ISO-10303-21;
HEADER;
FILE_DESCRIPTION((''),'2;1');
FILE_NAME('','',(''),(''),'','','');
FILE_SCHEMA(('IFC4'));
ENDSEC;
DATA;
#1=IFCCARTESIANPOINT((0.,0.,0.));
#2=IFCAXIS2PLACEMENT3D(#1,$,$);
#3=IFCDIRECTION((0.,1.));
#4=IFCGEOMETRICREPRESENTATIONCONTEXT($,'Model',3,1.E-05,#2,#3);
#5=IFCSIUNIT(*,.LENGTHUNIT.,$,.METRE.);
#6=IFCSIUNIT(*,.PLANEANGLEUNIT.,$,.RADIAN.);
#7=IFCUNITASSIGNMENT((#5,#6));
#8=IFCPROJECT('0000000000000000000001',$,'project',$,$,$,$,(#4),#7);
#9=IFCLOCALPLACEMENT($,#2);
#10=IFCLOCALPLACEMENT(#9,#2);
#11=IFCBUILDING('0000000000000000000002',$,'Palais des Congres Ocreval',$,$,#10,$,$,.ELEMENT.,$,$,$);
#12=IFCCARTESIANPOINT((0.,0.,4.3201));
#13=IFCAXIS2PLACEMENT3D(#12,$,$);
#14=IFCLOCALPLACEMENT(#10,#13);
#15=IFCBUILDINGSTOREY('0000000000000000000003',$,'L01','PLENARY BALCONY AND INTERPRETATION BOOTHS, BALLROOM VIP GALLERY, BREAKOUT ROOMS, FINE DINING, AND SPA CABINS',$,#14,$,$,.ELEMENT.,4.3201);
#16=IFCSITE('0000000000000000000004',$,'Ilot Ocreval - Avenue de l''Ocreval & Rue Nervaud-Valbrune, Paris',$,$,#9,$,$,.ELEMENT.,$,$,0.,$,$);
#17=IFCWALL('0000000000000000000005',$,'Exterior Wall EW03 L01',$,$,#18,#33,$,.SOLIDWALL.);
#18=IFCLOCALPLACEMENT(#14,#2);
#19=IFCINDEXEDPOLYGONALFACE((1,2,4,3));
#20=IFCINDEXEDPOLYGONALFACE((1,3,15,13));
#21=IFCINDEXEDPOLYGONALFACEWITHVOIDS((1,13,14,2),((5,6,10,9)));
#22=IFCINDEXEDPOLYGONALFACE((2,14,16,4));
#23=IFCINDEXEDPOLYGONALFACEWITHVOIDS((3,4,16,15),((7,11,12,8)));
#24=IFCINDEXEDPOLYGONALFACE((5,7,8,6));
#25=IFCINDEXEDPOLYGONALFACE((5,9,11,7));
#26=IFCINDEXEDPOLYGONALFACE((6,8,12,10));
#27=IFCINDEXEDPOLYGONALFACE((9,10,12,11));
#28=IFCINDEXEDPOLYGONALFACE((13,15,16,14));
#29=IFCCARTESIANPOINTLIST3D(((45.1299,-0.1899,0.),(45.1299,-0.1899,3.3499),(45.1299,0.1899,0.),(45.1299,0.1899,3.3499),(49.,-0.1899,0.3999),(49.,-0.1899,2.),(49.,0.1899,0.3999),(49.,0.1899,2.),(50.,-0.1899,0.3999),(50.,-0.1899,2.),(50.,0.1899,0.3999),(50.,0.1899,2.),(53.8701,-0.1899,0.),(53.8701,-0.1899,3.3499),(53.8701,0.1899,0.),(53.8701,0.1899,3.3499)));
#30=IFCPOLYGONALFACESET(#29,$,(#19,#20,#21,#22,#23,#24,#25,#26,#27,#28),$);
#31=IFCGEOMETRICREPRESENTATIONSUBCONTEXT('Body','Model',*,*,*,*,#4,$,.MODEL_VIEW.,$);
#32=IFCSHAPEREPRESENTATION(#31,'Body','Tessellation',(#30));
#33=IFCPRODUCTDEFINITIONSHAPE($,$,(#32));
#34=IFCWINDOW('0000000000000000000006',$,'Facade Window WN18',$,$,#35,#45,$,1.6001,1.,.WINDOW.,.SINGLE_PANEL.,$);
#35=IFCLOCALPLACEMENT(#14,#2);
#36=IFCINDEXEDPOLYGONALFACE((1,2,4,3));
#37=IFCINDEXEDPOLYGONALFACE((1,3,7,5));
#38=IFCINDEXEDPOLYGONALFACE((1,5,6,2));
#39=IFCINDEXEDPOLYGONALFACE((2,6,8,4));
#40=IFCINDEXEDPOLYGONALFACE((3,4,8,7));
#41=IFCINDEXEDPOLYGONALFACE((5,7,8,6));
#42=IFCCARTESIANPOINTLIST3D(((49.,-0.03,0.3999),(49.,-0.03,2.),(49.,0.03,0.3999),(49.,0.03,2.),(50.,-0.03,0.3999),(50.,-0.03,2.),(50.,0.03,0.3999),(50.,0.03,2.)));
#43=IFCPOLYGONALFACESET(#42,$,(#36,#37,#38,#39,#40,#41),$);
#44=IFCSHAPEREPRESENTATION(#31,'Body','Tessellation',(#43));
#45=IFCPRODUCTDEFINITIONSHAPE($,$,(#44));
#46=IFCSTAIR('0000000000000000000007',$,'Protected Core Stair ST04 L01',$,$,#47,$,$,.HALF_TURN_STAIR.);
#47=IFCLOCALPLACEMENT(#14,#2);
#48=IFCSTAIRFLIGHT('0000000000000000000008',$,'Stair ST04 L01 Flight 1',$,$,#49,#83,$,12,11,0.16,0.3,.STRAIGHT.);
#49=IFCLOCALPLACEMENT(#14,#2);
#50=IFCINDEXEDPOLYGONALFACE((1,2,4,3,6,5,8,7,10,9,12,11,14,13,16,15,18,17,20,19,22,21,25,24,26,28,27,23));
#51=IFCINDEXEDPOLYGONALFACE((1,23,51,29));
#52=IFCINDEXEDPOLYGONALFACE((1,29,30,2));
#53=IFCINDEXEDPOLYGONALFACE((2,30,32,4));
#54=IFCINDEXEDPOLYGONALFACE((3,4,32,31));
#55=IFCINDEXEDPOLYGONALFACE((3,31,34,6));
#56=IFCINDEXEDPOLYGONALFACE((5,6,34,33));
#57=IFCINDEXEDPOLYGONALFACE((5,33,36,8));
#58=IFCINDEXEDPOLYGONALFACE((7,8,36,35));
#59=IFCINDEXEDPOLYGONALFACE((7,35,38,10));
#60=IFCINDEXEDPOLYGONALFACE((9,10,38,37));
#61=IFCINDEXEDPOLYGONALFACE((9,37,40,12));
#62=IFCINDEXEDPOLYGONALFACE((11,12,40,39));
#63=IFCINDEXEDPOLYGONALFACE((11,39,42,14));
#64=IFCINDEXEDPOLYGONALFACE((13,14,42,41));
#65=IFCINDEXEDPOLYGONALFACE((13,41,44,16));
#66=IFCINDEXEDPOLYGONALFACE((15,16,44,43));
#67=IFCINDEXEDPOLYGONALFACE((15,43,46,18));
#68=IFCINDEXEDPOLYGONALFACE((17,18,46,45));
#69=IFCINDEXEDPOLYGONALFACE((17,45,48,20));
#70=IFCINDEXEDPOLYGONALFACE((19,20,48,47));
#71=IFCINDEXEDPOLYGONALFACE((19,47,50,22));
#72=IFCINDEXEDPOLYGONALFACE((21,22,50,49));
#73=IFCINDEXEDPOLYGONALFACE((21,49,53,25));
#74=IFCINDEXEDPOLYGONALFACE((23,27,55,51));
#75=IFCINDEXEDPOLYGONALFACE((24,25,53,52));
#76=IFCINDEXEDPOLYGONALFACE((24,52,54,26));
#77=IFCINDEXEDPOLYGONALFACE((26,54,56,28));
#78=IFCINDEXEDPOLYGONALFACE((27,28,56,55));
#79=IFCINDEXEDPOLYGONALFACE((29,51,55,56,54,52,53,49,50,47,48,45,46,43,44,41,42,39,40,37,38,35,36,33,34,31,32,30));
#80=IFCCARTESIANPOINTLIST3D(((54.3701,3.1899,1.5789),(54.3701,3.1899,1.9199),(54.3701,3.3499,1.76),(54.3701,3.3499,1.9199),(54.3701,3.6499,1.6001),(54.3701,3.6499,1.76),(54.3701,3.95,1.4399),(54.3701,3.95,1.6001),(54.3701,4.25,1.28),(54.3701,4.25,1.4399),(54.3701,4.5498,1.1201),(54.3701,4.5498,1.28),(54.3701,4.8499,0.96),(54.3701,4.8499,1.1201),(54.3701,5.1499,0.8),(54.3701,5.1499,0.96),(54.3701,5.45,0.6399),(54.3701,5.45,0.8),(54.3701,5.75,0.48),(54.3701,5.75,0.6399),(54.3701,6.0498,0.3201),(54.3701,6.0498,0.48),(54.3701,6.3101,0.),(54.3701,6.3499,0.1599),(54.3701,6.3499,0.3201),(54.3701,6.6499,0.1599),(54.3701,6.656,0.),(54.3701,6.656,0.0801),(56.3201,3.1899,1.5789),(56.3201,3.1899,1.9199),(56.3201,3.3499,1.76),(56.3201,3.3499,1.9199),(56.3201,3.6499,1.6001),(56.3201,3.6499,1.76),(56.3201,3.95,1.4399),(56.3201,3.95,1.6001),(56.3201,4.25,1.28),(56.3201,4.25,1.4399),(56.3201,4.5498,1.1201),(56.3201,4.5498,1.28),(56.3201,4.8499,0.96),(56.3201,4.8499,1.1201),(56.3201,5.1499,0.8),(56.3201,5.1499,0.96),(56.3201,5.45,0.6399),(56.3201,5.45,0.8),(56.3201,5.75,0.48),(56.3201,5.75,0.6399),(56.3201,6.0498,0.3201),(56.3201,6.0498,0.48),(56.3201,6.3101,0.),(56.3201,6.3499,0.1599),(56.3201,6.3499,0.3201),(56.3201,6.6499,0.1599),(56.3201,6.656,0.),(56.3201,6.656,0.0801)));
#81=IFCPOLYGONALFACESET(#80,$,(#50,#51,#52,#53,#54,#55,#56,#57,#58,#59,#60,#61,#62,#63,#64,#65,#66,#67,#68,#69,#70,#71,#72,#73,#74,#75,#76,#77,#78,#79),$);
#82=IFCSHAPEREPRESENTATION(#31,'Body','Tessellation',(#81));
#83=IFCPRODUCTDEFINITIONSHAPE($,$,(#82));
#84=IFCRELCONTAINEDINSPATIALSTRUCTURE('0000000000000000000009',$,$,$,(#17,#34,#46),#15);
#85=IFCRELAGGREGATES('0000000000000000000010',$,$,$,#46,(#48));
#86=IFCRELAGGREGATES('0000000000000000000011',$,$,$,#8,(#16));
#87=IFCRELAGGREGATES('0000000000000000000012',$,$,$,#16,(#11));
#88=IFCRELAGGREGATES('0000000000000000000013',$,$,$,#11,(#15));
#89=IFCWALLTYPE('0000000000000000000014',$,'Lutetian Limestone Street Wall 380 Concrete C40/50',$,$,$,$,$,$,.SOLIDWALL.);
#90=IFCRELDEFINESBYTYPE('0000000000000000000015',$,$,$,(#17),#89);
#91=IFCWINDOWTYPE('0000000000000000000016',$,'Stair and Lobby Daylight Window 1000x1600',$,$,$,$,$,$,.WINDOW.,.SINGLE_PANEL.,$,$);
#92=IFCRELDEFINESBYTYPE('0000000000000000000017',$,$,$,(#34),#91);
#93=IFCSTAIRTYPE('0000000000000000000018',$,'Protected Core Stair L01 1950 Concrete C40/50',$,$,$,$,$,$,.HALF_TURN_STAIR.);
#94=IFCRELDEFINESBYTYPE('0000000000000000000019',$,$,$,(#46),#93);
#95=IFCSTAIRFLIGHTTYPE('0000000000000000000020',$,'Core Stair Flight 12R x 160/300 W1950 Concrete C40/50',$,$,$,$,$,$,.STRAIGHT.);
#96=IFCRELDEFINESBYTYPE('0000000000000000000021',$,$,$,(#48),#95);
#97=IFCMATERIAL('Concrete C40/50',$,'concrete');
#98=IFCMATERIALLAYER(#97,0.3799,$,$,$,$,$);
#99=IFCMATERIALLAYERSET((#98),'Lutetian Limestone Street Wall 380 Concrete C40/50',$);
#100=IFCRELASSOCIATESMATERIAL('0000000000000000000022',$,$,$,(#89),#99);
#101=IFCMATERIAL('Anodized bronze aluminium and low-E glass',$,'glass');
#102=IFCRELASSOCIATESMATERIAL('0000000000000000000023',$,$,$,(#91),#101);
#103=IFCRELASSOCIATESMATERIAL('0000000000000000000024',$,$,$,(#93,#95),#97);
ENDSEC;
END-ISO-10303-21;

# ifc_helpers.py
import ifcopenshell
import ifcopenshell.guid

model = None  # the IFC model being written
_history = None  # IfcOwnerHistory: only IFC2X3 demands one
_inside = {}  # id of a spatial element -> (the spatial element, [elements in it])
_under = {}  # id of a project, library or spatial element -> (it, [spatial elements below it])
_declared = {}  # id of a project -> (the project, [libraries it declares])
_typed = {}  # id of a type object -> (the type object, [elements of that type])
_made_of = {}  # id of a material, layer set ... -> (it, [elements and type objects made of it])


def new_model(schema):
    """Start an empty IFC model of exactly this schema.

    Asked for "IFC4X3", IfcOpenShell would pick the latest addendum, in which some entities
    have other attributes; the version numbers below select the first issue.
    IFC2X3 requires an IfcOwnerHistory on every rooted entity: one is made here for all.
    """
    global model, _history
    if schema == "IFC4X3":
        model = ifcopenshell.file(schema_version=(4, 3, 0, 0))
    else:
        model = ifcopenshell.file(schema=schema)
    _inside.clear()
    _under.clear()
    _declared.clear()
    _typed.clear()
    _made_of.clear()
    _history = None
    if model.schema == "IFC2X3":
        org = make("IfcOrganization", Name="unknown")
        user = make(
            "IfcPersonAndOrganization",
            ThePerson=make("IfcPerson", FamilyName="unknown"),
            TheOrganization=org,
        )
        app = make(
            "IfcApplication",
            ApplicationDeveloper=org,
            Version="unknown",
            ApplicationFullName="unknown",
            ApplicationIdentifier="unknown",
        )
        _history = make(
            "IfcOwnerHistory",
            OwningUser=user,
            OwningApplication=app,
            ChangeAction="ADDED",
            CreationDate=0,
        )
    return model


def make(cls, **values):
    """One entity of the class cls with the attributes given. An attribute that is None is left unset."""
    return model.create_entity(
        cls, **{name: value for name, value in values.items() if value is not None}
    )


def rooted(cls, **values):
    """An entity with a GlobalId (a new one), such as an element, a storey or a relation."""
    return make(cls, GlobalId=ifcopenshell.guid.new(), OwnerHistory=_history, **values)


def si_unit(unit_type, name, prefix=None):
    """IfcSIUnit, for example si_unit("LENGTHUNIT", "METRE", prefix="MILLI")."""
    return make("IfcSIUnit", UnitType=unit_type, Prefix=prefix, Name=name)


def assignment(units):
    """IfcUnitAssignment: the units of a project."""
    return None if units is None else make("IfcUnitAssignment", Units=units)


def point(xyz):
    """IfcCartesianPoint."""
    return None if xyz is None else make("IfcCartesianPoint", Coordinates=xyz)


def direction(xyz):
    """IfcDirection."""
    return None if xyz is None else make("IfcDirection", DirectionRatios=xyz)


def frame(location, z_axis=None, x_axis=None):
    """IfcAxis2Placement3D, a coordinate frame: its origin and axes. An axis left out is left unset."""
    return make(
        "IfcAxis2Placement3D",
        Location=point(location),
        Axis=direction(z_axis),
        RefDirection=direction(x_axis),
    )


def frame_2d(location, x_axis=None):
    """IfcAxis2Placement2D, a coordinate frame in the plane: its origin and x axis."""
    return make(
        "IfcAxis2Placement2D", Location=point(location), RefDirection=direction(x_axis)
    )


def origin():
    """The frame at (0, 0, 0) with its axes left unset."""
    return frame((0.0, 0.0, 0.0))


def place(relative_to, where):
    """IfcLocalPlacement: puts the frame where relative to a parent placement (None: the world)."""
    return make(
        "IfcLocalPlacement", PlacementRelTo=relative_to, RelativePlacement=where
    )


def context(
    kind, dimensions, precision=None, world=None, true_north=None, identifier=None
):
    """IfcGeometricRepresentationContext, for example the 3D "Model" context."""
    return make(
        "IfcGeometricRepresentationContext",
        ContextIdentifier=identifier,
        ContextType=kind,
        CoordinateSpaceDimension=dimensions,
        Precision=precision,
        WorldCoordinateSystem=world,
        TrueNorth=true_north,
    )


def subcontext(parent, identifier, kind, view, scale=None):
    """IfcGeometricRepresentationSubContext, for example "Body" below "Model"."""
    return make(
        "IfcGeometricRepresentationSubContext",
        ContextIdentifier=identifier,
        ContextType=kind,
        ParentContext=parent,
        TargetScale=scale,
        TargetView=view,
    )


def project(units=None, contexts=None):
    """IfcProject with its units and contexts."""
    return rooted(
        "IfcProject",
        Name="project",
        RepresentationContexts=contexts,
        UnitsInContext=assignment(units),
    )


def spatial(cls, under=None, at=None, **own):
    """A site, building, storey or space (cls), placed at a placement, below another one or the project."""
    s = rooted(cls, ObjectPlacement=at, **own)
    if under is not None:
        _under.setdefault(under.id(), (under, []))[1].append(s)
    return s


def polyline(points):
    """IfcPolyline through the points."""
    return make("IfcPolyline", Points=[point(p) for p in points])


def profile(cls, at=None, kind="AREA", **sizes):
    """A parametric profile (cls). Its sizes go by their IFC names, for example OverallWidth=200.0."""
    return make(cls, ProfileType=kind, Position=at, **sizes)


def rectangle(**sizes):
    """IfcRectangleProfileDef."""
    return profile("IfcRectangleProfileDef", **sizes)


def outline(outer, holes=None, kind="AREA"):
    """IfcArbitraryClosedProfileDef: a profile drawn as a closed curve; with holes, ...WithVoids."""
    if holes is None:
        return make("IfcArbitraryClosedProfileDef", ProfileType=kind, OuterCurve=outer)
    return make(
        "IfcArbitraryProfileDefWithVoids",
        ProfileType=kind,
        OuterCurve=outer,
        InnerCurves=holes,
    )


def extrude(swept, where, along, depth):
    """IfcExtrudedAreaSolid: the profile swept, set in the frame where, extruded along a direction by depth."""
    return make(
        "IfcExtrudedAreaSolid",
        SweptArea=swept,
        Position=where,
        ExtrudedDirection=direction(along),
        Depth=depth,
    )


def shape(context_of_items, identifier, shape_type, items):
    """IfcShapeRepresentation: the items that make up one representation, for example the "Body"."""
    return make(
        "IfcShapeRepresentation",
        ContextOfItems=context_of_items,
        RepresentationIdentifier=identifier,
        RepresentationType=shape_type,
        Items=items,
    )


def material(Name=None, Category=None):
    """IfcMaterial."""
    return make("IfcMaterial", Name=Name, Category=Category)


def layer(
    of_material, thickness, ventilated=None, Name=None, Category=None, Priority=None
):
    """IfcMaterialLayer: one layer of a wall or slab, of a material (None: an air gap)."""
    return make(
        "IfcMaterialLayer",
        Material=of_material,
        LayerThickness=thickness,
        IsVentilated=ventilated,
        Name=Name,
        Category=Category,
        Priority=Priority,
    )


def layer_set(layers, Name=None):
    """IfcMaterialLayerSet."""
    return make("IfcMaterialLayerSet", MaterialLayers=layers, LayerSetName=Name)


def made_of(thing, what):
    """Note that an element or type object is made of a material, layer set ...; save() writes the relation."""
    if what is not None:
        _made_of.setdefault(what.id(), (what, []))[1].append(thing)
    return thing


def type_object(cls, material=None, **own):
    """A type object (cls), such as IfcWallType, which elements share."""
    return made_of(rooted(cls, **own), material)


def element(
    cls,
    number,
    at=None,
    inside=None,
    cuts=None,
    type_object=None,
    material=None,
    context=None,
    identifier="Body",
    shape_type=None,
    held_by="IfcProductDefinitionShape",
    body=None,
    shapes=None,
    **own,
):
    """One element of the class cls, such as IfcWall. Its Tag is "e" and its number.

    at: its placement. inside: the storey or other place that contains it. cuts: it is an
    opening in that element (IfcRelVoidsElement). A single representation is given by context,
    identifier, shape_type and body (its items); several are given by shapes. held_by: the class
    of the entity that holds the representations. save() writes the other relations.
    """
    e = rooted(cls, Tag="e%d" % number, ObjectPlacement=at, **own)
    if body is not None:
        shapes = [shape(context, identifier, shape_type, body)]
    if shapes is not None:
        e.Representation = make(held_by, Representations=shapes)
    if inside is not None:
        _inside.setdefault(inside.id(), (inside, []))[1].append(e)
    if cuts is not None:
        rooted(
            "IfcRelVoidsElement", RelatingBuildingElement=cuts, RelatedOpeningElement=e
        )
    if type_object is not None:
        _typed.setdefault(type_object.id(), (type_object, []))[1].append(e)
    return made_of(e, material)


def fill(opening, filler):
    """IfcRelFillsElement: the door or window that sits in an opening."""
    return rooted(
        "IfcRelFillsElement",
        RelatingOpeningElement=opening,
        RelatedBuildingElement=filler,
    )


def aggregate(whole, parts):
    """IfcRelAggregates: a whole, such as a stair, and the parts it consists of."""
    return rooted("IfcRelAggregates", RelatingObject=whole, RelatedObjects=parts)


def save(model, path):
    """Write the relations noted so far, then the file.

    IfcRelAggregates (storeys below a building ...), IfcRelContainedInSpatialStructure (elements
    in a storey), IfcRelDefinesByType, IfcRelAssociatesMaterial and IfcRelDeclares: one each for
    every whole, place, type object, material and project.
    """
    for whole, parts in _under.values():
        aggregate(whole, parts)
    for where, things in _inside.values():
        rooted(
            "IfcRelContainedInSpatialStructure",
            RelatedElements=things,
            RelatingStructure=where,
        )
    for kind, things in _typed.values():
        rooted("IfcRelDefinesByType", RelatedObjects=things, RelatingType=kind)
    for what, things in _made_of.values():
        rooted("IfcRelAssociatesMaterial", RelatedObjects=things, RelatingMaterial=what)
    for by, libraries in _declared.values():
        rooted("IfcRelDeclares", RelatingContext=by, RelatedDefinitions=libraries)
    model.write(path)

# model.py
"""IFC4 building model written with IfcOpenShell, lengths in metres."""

from ifc_helpers import new_model, si_unit, direction, frame, frame_2d, origin, place, context, subcontext, project, spatial, polyline, rectangle, outline, extrude, material, layer, layer_set, type_object, element, fill, aggregate, save


model = new_model("IFC4")

# Units and contexts
model_context = context("Model", 3, precision=1e-05, world=origin(), true_north=direction((0.0, 1.0)))
body_context = subcontext(model_context, "Body", "Model", "MODEL_VIEW")
ifc_project = project(units=[si_unit("LENGTHUNIT", "METRE"), si_unit("PLANEANGLEUNIT", "RADIAN")], contexts=[model_context])

# Site, building, storey
site_placement = place(None, origin())
site = spatial("IfcSite", under=ifc_project, at=site_placement, Name="Ilot Ocreval - Avenue de l'Ocreval & Rue Nervaud-Valbrune, Paris", CompositionType="ELEMENT", RefElevation=0.0)
building_placement = place(site_placement, origin())
building = spatial("IfcBuilding", under=site, at=building_placement, Name="Palais des Congres Ocreval", CompositionType="ELEMENT")
storey_placement = place(building_placement, frame((0.0, 0.0, 4.3201)))
storey = spatial("IfcBuildingStorey", under=building, at=storey_placement, Name="L01", Description="PLENARY BALCONY AND INTERPRETATION BOOTHS, BALLROOM VIP GALLERY, BREAKOUT ROOMS, FINE DINING, AND SPA CABINS", CompositionType="ELEMENT", Elevation=4.3201)

# Shared definitions
ifc_material_1 = material(Name="Concrete C40/50", Category="concrete")

# Wall, opening, window
ifc_layer_1 = layer(ifc_material_1, 0.3799)
ifc_layer_set_1 = layer_set([ifc_layer_1], Name="Lutetian Limestone Street Wall 380 Concrete C40/50")
wall_type_1 = type_object("IfcWallType", Name="Lutetian Limestone Street Wall 380 Concrete C40/50", PredefinedType="SOLIDWALL", material=ifc_layer_set_1)
wall_1_placement = place(storey_placement, frame((53.8701, 0.0, 0.0), z_axis=(0.0, 0.0, 1.0), x_axis=(-1.0, 0.0, 0.0)))
wall_1 = element("IfcWall", 1, at=wall_1_placement, inside=storey, type_object=wall_type_1, Name="Exterior Wall EW03 L01", PredefinedType="SOLIDWALL", context=body_context, shape_type="SweptSolid", body=[
    extrude(rectangle(XDim=8.7402, YDim=0.3799, at=frame_2d((4.3701, 0.0))), origin(), (0.0, 0.0, 1.0), 3.3499),
])
opening_1_placement = place(wall_1_placement, frame((3.8701, 0.0, 0.3999)))
opening_1 = element("IfcOpeningElement", 2, at=opening_1_placement, cuts=wall_1, PredefinedType="OPENING", context=body_context, shape_type="SweptSolid", body=[
    extrude(rectangle(XDim=1.0, YDim=1.6001, at=frame_2d((0.5, 0.8))), frame((0.0, 0.2, 0.0), z_axis=(0.0, -1.0, 0.0), x_axis=(1.0, 0.0, 0.0)), (0.0, 0.0, 1.0), 0.3999),
])
ifc_material_2 = material(Name="Anodized bronze aluminium and low-E glass", Category="glass")
window_type = type_object("IfcWindowType", Name="Stair and Lobby Daylight Window 1000x1600", PartitioningType="SINGLE_PANEL", PredefinedType="WINDOW", material=ifc_material_2)
window_placement = place(opening_1_placement, origin())
window = element("IfcWindow", 3, at=window_placement, inside=storey, type_object=window_type, Name="Facade Window WN18", OverallHeight=1.6001, OverallWidth=1.0, PartitioningType="SINGLE_PANEL", PredefinedType="WINDOW", context=body_context, shape_type="SweptSolid", body=[
    extrude(rectangle(XDim=1.0, YDim=1.6001, at=frame_2d((0.5, 0.8))), frame((0.0, 0.03, 0.0), z_axis=(0.0, -1.0, 0.0), x_axis=(1.0, 0.0, 0.0)), (0.0, 0.0, 1.0), 0.0601),
])
fill(opening_1, window)

# Stair, stair flight
stair_type = type_object("IfcStairType", Name="Protected Core Stair L01 1950 Concrete C40/50", PredefinedType="HALF_TURN_STAIR", material=ifc_material_1)
stair_placement = place(storey_placement, origin())
stair = element("IfcStair", 4, at=stair_placement, inside=storey, type_object=stair_type, Name="Protected Core Stair ST04 L01", PredefinedType="HALF_TURN_STAIR")
stair_flight_type = type_object("IfcStairFlightType", Name="Core Stair Flight 12R x 160/300 W1950 Concrete C40/50", PredefinedType="STRAIGHT", material=ifc_material_1)
stair_flight_placement = place(storey_placement, frame((55.345, 6.6499, 0.0), z_axis=(0.0, 0.0, 1.0), x_axis=(0.0, -1.0, 0.0)))
stair_flight = element("IfcStairFlight", 5, at=stair_flight_placement, type_object=stair_flight_type, Name="Stair ST04 L01 Flight 1", NumberOfRisers=12, NumberOfTreads=11, PredefinedType="STRAIGHT", RiserHeight=0.16, TreadLength=0.3, context=body_context, shape_type="SweptSolid", body=[
    extrude(outline(polyline([(-0.0061, 0.0), (-0.0061, 0.0801), (0.0, 0.1599), (0.3, 0.1599), (0.3, 0.3201), (0.6001, 0.3201), (0.6001, 0.48), (0.8999, 0.48), (0.8999, 0.6399), (1.2, 0.6399), (1.2, 0.8), (1.5, 0.8), (1.5, 0.96), (1.8, 0.96), (1.8, 1.1201), (2.1001, 1.1201), (2.1001, 1.28), (2.3999, 1.28), (2.3999, 1.4399), (2.7, 1.4399), (2.7, 1.6001), (3.0, 1.6001), (3.0, 1.76), (3.3, 1.76), (3.3, 1.9199), (3.46, 1.9199), (3.46, 1.5789), (0.3398, 0.0), (-0.0061, 0.0)])), frame((0.0, 0.9751, 0.0), z_axis=(0.0, -1.0, 0.0), x_axis=(1.0, 0.0, 0.0)), (0.0, 0.0, 1.0), 1.95),
])
aggregate(stair, [stair_flight])

save(model, "model.ifc")
